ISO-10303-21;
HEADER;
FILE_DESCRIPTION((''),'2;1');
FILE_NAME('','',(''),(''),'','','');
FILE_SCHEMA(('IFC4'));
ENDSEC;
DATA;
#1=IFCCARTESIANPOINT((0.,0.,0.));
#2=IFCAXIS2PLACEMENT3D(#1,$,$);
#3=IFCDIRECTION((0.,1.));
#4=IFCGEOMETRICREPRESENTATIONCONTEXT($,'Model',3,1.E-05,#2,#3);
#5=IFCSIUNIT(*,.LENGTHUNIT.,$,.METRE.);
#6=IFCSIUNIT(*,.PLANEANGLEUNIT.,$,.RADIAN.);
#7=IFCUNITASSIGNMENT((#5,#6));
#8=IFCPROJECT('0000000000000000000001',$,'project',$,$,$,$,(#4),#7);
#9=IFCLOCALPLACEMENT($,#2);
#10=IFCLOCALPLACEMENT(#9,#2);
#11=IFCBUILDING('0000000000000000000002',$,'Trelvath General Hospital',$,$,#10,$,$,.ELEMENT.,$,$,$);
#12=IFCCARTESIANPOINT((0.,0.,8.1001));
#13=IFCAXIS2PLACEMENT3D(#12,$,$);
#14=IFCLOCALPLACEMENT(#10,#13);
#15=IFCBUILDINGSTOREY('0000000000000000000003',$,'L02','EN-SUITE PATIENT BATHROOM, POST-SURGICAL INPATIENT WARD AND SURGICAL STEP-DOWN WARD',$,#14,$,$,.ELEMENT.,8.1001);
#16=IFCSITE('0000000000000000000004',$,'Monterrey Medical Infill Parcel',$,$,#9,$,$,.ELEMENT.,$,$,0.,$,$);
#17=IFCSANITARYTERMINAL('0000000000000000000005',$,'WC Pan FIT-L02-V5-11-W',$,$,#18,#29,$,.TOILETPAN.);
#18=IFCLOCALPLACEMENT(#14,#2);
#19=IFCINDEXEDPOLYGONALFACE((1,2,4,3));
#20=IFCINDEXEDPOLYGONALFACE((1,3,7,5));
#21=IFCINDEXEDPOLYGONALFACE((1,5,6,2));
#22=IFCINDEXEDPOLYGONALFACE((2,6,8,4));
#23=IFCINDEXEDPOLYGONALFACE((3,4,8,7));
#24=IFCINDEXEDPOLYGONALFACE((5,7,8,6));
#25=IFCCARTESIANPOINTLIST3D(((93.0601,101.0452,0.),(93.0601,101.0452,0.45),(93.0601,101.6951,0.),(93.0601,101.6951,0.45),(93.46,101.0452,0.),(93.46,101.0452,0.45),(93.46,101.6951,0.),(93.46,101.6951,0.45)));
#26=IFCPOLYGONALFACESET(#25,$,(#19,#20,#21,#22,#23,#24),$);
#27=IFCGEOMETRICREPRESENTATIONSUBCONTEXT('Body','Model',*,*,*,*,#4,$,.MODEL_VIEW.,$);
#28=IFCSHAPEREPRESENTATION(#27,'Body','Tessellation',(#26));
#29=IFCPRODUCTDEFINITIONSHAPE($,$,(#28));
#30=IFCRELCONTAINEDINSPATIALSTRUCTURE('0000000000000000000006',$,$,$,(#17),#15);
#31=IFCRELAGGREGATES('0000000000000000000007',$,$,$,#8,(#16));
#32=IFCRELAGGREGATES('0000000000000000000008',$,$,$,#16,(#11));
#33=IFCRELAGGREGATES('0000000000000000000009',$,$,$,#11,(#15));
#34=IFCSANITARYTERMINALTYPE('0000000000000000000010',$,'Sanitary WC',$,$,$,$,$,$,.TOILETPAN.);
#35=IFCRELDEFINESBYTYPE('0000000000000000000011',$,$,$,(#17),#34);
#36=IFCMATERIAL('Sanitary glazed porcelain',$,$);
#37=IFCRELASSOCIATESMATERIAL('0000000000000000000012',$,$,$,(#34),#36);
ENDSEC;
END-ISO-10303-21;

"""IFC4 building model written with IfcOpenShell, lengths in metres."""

from ifc_helpers import new_model, si_unit, direction, frame, origin, origin_2d, place, context, subcontext, project, spatial, rectangle, extrude, material, type_object, element, save


model = new_model("IFC4")

# Units and contexts
model_context = context("Model", 3, precision=1e-05, world=origin(), true_north=direction((0.0, 1.0)))
body_context = subcontext(model_context, "Body", "Model", "MODEL_VIEW")
ifc_project = project(units=[si_unit("LENGTHUNIT", "METRE"), si_unit("PLANEANGLEUNIT", "RADIAN")], contexts=[model_context])

# Site, building, storey
site_placement = place(None, origin())
site = spatial("IfcSite", under=ifc_project, at=site_placement, Name="Monterrey Medical Infill Parcel", CompositionType="ELEMENT", RefElevation=0.0)
building_placement = place(site_placement, origin())
building = spatial("IfcBuilding", under=site, at=building_placement, Name="Trelvath General Hospital", CompositionType="ELEMENT")
storey_placement = place(building_placement, frame((0.0, 0.0, 8.1001)))
storey = spatial("IfcBuildingStorey", under=building, at=storey_placement, Name="L02", Description="EN-SUITE PATIENT BATHROOM, POST-SURGICAL INPATIENT WARD AND SURGICAL STEP-DOWN WARD", CompositionType="ELEMENT", Elevation=8.1001)

# Sanitary terminal
ifc_material_1 = material(Name="Sanitary glazed porcelain")
sanitary_terminal_type_1 = type_object("IfcSanitaryTerminalType", Name="Sanitary WC", PredefinedType="TOILETPAN", material=ifc_material_1)
sanitary_terminal_1_placement = place(storey_placement, frame((93.26, 101.3701, 0.0), z_axis=(0.0, 0.0, 1.0), x_axis=(1.0, 0.0, 0.0)))
element("IfcSanitaryTerminal", 1, at=sanitary_terminal_1_placement, inside=storey, type_object=sanitary_terminal_type_1, Name="WC Pan FIT-L02-V5-11-W", PredefinedType="TOILETPAN", context=body_context, shape_type="SweptSolid", body=[
    extrude(rectangle(XDim=0.3999, YDim=0.6499, at=origin_2d()), origin(), (0.0, 0.0, 1.0), 0.45),
])

save(model, "model.ifc")
